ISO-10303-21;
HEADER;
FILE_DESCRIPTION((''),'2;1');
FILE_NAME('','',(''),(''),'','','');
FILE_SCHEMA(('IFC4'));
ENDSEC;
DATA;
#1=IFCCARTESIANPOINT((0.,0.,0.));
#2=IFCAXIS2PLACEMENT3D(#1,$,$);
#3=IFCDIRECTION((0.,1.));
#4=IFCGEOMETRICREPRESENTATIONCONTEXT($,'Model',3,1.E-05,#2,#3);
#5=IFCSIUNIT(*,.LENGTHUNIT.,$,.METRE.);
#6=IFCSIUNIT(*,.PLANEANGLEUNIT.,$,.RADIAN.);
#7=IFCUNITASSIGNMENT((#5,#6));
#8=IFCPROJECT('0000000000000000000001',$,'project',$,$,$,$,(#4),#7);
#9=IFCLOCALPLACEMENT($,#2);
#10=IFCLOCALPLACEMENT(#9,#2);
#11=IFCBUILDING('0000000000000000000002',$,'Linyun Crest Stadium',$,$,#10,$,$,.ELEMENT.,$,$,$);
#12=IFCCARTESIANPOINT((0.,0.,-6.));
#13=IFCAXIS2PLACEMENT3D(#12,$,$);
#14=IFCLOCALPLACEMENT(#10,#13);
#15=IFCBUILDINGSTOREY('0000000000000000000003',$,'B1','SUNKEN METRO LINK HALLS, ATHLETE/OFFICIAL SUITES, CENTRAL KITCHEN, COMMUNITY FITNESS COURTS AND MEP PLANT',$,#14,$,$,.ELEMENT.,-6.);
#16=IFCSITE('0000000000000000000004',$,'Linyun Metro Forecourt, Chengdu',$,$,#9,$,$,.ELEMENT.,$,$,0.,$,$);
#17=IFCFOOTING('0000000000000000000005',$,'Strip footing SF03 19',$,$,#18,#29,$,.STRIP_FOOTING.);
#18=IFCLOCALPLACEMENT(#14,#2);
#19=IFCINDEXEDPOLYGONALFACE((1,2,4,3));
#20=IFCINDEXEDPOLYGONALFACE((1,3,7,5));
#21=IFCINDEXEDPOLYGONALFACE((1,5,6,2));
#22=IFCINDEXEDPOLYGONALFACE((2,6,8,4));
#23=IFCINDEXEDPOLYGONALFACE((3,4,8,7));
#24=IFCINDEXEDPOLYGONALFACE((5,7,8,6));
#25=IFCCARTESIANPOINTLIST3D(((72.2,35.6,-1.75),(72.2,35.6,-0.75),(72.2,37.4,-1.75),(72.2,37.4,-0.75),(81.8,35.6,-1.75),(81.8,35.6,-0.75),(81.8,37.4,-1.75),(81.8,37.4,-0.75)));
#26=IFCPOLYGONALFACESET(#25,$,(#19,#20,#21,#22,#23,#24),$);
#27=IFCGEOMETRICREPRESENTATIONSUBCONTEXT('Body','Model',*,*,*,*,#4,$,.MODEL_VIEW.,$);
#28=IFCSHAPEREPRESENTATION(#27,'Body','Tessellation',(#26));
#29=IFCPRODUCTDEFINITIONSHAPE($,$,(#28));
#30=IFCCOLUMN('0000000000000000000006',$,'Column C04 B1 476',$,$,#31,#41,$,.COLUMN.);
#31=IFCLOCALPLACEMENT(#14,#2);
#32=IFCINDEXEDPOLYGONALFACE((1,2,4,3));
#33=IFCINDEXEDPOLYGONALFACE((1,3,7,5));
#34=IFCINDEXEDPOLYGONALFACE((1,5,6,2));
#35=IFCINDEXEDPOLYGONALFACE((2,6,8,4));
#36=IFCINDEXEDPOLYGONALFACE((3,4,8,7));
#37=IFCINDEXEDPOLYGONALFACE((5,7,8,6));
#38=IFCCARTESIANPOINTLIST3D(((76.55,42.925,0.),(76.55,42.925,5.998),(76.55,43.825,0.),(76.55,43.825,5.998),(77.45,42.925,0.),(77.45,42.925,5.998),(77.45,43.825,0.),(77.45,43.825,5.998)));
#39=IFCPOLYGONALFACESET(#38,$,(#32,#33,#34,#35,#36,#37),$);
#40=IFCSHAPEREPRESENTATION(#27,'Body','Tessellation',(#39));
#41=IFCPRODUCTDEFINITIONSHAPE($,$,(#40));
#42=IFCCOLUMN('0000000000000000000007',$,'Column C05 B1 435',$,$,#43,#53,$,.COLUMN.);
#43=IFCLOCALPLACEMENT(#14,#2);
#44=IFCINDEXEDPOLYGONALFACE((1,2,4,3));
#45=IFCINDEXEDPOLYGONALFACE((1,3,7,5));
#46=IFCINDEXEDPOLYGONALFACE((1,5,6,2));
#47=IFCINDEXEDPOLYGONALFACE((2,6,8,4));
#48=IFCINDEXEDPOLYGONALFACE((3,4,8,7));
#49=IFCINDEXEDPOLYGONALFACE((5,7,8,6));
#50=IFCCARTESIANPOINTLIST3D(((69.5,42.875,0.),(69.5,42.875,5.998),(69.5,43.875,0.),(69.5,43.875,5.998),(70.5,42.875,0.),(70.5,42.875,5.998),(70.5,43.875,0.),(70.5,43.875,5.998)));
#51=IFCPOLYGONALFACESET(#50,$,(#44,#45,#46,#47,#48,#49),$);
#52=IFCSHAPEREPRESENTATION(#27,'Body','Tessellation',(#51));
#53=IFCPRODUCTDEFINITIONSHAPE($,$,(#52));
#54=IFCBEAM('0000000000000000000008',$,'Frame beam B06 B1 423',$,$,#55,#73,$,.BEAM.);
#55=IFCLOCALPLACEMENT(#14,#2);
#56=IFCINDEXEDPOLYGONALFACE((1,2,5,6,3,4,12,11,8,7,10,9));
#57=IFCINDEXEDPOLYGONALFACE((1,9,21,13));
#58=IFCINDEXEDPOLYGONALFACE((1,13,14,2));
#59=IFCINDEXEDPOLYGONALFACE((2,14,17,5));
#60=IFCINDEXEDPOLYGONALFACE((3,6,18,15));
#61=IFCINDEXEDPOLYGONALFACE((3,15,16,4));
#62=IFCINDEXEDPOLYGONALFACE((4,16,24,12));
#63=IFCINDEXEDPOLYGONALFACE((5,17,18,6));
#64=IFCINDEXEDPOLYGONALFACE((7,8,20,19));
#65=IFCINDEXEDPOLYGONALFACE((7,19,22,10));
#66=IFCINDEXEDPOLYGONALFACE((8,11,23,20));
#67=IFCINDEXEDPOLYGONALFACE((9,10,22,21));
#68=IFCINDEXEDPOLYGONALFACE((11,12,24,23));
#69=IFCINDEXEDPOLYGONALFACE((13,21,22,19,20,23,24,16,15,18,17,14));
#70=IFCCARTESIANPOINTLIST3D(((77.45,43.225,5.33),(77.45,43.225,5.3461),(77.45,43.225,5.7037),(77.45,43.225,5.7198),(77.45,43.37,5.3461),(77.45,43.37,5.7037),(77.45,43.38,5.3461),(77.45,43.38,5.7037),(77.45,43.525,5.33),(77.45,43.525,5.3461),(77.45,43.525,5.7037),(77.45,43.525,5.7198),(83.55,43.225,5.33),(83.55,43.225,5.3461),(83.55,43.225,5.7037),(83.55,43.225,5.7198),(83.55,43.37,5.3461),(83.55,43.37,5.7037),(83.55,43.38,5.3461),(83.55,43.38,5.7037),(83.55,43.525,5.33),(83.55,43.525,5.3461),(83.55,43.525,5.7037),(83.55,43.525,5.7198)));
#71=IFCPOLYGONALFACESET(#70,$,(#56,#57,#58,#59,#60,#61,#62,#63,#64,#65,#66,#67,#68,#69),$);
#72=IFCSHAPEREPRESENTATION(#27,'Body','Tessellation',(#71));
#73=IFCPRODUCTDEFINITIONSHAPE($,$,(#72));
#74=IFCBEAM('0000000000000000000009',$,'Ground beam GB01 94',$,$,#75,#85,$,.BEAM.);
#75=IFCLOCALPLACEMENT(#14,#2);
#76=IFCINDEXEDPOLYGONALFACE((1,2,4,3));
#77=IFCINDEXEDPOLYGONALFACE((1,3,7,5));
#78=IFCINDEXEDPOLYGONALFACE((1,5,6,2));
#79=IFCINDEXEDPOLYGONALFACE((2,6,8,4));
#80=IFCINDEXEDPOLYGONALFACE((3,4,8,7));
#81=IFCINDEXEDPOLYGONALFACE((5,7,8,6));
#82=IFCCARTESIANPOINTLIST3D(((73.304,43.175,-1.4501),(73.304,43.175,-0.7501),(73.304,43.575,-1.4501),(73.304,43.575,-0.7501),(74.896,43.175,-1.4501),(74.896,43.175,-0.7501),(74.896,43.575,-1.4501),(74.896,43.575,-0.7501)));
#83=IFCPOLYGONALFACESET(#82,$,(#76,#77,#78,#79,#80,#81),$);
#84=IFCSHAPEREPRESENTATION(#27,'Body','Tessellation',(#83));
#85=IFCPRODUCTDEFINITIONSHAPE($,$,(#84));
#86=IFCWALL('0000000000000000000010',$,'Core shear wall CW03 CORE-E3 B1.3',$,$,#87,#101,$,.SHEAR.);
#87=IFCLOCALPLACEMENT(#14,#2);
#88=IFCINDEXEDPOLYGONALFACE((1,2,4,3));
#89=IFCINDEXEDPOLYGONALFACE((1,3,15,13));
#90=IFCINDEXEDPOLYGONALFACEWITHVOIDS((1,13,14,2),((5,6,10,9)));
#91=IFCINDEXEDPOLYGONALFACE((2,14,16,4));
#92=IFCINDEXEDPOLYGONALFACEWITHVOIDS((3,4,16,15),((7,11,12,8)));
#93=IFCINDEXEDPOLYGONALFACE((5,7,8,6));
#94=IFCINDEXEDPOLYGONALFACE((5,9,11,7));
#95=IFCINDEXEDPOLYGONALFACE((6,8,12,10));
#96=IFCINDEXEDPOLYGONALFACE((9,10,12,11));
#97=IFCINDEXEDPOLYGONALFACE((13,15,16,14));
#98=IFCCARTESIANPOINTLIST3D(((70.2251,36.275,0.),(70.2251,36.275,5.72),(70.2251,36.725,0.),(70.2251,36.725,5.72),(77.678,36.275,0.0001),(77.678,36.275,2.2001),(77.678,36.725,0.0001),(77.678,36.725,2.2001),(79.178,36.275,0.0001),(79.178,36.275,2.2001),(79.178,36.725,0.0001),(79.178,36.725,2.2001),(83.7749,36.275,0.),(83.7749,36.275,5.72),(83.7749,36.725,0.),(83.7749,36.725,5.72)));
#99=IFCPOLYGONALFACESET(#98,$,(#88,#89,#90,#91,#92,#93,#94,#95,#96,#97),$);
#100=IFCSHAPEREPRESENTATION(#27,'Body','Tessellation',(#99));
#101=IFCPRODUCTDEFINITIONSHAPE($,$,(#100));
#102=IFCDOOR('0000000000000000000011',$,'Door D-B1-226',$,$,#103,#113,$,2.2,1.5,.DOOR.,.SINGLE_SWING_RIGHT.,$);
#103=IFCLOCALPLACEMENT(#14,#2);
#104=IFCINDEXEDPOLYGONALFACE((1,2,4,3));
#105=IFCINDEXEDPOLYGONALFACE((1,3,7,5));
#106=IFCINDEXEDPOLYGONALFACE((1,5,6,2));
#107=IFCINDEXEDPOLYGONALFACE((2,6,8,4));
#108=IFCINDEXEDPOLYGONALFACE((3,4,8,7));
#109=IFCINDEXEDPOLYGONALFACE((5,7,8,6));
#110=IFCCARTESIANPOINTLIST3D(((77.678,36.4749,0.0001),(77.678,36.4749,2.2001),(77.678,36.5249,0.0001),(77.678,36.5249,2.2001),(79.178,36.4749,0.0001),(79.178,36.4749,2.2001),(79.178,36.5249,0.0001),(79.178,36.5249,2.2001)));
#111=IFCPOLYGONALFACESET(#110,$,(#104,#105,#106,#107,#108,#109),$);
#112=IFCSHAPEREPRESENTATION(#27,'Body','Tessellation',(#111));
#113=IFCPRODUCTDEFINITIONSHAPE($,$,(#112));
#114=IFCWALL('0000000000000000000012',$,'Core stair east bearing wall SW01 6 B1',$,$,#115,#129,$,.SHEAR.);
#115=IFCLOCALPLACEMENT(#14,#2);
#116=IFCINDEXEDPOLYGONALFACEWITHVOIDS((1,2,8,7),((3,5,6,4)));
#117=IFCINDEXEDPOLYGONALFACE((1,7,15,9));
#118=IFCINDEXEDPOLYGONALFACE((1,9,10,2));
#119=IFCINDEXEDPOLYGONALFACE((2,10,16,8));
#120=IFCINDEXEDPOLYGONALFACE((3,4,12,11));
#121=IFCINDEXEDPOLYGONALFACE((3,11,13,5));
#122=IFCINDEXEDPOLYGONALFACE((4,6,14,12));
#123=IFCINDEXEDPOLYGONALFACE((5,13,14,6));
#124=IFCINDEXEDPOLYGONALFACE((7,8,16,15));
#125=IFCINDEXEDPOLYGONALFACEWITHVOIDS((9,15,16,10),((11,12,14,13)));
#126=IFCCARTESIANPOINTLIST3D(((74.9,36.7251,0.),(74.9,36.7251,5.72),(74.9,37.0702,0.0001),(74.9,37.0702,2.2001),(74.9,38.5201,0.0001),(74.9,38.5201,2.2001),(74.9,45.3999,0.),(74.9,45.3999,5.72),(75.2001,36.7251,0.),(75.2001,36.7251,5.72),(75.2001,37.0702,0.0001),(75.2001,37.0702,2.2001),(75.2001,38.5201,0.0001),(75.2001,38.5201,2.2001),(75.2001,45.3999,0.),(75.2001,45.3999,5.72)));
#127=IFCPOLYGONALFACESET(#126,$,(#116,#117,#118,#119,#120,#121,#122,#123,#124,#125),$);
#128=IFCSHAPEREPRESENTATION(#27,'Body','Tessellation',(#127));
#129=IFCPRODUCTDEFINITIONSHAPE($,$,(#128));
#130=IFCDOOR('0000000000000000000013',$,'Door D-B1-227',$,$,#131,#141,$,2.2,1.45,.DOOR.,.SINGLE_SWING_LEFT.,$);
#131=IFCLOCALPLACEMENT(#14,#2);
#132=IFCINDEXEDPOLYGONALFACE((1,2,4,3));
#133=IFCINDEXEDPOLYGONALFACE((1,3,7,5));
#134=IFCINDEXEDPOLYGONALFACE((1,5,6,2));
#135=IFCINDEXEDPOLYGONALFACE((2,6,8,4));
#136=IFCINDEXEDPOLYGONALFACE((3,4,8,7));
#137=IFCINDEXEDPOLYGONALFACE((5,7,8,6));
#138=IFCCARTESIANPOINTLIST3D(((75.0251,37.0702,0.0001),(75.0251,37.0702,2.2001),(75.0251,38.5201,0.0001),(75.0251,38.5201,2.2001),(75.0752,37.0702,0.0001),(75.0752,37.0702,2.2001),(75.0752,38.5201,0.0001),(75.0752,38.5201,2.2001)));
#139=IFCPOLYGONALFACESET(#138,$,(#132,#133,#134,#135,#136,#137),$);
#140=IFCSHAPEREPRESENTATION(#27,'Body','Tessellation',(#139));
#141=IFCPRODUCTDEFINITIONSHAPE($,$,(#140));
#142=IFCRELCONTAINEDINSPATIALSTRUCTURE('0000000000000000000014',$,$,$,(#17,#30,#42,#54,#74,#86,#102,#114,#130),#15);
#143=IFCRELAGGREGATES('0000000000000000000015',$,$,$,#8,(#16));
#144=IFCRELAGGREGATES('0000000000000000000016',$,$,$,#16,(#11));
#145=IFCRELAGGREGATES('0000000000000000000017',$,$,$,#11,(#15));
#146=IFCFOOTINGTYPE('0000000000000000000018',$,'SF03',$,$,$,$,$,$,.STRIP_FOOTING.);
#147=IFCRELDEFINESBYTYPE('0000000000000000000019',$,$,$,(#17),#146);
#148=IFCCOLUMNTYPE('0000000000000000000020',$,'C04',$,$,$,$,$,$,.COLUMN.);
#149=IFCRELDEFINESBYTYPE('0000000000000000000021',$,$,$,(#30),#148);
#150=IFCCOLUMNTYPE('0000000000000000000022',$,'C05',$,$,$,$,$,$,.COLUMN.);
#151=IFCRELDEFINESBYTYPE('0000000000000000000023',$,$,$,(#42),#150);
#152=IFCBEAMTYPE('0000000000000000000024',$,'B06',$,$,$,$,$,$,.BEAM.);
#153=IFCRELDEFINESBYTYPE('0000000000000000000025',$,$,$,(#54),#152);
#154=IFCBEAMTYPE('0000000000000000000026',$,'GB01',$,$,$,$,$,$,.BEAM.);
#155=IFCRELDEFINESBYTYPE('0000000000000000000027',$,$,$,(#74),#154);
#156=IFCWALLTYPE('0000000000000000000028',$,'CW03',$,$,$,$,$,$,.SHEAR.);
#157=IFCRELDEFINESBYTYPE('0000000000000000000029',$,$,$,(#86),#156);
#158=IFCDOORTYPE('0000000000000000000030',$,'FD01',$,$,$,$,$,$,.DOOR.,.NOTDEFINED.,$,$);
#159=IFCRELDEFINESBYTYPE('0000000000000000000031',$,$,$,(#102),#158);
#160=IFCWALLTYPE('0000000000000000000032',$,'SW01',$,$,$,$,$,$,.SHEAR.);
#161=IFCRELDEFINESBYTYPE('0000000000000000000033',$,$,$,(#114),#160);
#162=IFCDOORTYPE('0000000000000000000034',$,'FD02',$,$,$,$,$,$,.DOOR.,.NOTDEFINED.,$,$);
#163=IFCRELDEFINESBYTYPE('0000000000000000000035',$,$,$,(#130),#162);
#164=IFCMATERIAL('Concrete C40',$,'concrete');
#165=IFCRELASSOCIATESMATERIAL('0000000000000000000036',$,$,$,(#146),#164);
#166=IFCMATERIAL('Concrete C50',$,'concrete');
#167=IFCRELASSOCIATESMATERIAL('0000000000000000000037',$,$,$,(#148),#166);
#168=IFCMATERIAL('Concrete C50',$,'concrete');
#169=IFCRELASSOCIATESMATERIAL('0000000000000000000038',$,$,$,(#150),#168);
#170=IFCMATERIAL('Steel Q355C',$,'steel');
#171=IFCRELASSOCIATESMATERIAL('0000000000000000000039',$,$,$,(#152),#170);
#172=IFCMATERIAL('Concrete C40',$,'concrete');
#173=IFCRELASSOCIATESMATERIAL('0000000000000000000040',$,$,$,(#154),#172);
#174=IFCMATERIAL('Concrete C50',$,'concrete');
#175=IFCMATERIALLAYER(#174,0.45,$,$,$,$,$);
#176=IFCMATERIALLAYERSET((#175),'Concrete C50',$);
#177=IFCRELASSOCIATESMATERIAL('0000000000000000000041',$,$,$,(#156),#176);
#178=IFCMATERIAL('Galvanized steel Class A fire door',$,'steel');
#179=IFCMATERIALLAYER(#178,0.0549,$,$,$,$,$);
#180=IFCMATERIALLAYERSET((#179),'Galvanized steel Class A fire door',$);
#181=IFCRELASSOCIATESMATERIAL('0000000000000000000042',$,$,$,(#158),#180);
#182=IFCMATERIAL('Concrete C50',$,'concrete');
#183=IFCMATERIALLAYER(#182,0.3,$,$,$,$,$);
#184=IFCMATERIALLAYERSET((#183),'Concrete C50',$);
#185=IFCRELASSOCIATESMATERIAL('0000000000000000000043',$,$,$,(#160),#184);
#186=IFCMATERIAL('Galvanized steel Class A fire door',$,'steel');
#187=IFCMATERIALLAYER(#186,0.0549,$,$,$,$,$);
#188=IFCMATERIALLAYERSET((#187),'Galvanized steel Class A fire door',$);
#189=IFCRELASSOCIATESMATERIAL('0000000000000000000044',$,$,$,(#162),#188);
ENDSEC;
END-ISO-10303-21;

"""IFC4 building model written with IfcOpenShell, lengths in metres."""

from ifc_helpers import new_model, si_unit, direction, frame, frame_2d, origin, origin_2d, place, context, subcontext, project, spatial, rectangle, i_section, extrude, material, layer, layer_set, material_profile, profile_set, type_object, element, fill, save


model = new_model("IFC4")

# Units and contexts
model_context = context("Model", 3, precision=1e-05, world=origin(), true_north=direction((0.0, 1.0)))
body_context = subcontext(model_context, "Body", "Model", "MODEL_VIEW")
ifc_project = project(units=[si_unit("LENGTHUNIT", "METRE"), si_unit("PLANEANGLEUNIT", "RADIAN")], contexts=[model_context])

# Site, building, storey
site_placement = place(None, origin())
site = spatial("IfcSite", under=ifc_project, at=site_placement, Name="Linyun Metro Forecourt, Chengdu", CompositionType="ELEMENT", RefElevation=0.0)
building_placement = place(site_placement, origin())
building = spatial("IfcBuilding", under=site, at=building_placement, Name="Linyun Crest Stadium", CompositionType="ELEMENT")
storey_placement = place(building_placement, frame((0.0, 0.0, -6.0)))
storey = spatial("IfcBuildingStorey", under=building, at=storey_placement, Name="B1", Description="SUNKEN METRO LINK HALLS, ATHLETE/OFFICIAL SUITES, CENTRAL KITCHEN, COMMUNITY FITNESS COURTS AND MEP PLANT", CompositionType="ELEMENT", Elevation=-6.0)

# Footing
ifc_material_1 = material(Name="Concrete C40", Category="concrete")
footing_type_1 = type_object("IfcFootingType", Name="SF03", PredefinedType="STRIP_FOOTING", material=ifc_material_1)
footing_1_placement = place(storey_placement, frame((77.0, 36.5, -1.75), z_axis=(0.0, 0.0, 1.0), x_axis=(1.0, 0.0, 0.0)))
element("IfcFooting", 1, at=footing_1_placement, inside=storey, type_object=footing_type_1, Name="Strip footing SF03 19", PredefinedType="STRIP_FOOTING", context=body_context, shape_type="SweptSolid", body=[
    extrude(rectangle(XDim=9.6001, YDim=1.8, at=origin_2d()), origin(), (0.0, 0.0, 1.0), 1.0),
])

# Columns
ifc_material_2 = material(Name="Concrete C50", Category="concrete")
ifc_material_profile_1 = material_profile(ifc_material_2, rectangle(XDim=0.8999, YDim=0.8999, at=origin_2d()), Name="RC 900x900")
ifc_profile_set_1 = profile_set([ifc_material_profile_1], Name="Concrete C50")
column_type_1 = type_object("IfcColumnType", Name="C04", PredefinedType="COLUMN", material=ifc_profile_set_1)
column_1_placement = place(storey_placement, frame((77.0, 43.375, 0.0), z_axis=(0.0, 0.0, 1.0), x_axis=(1.0, 0.0, 0.0)))
element("IfcColumn", 2, at=column_1_placement, inside=storey, type_object=column_type_1, Name="Column C04 B1 476", PredefinedType="COLUMN", context=body_context, shape_type="SweptSolid", body=[
    extrude(rectangle(XDim=0.8999, YDim=0.8999, at=origin_2d()), origin(), (0.0, 0.0, 1.0), 5.998),
])
ifc_material_3 = material(Name="Concrete C50", Category="concrete")
ifc_material_profile_2 = material_profile(ifc_material_3, rectangle(XDim=1.0, YDim=1.0, at=origin_2d()), Name="RC 1000x1000")
ifc_profile_set_2 = profile_set([ifc_material_profile_2], Name="Concrete C50")
column_type_2 = type_object("IfcColumnType", Name="C05", PredefinedType="COLUMN", material=ifc_profile_set_2)
column_2_placement = place(storey_placement, frame((70.0, 43.375, 0.0), z_axis=(0.0, 0.0, 1.0), x_axis=(1.0, 0.0, 0.0)))
element("IfcColumn", 3, at=column_2_placement, inside=storey, type_object=column_type_2, Name="Column C05 B1 435", PredefinedType="COLUMN", context=body_context, shape_type="SweptSolid", body=[
    extrude(rectangle(XDim=1.0, YDim=1.0, at=origin_2d()), origin(), (0.0, 0.0, 1.0), 5.998),
])

# Beams
ifc_material_4 = material(Name="Steel Q355C", Category="steel")
ifc_material_profile_3 = material_profile(ifc_material_4, i_section(OverallWidth=0.3, OverallDepth=0.3899, WebThickness=0.01, FlangeThickness=0.0161, at=origin_2d()), Name="HM 390x300")
ifc_profile_set_3 = profile_set([ifc_material_profile_3], Name="Steel Q355C")
beam_type_1 = type_object("IfcBeamType", Name="B06", PredefinedType="BEAM", material=ifc_profile_set_3)
beam_1_placement = place(storey_placement, frame((77.45, 43.375, 5.5249), z_axis=(1.0, 0.0, 0.0), x_axis=(0.0, 1.0, 0.0)))
element("IfcBeam", 4, at=beam_1_placement, inside=storey, type_object=beam_type_1, Name="Frame beam B06 B1 423", PredefinedType="BEAM", context=body_context, shape_type="SweptSolid", body=[
    extrude(i_section(OverallWidth=0.3, OverallDepth=0.3899, WebThickness=0.01, FlangeThickness=0.0161, at=origin_2d()), origin(), (0.0, 0.0, 1.0), 6.1001),
])
ifc_material_5 = material(Name="Concrete C40", Category="concrete")
ifc_material_profile_4 = material_profile(ifc_material_5, rectangle(XDim=0.3999, YDim=0.7, at=origin_2d()), Name="RCB 700x400")
ifc_profile_set_4 = profile_set([ifc_material_profile_4], Name="Concrete C40")
beam_type_2 = type_object("IfcBeamType", Name="GB01", PredefinedType="BEAM", material=ifc_profile_set_4)
beam_2_placement = place(storey_placement, frame((73.304, 43.375, -1.1001), z_axis=(1.0, 0.0, 0.0), x_axis=(0.0, 1.0, 0.0)))
element("IfcBeam", 5, at=beam_2_placement, inside=storey, type_object=beam_type_2, Name="Ground beam GB01 94", PredefinedType="BEAM", context=body_context, shape_type="SweptSolid", body=[
    extrude(rectangle(XDim=0.3999, YDim=0.7, at=origin_2d()), origin(), (0.0, 0.0, 1.0), 1.592),
])

# Walls, openings, doors
ifc_material_6 = material(Name="Concrete C50", Category="concrete")
ifc_layer_1 = layer(ifc_material_6, 0.45)
ifc_layer_set_1 = layer_set([ifc_layer_1], Name="Concrete C50")
wall_type_1 = type_object("IfcWallType", Name="CW03", PredefinedType="SHEAR", material=ifc_layer_set_1)
wall_1_placement = place(storey_placement, frame((70.2251, 36.5, 0.0), z_axis=(0.0, 0.0, 1.0), x_axis=(1.0, 0.0, 0.0)))
wall_1 = element("IfcWall", 6, at=wall_1_placement, inside=storey, type_object=wall_type_1, Name="Core shear wall CW03 CORE-E3 B1.3", PredefinedType="SHEAR", context=body_context, shape_type="SweptSolid", body=[
    extrude(rectangle(XDim=13.5498, YDim=0.45, at=frame_2d((6.7749, 0.0))), origin(), (0.0, 0.0, 1.0), 5.72),
])
opening_1_placement = place(wall_1_placement, frame((7.4529, 0.0, 0.0)))
opening_1 = element("IfcOpeningElement", 7, at=opening_1_placement, cuts=wall_1, PredefinedType="OPENING", context=body_context, shape_type="SweptSolid", body=[
    extrude(rectangle(XDim=1.5, YDim=2.2, at=frame_2d((0.75, 1.1001))), frame((0.0, 0.2349, 0.0), z_axis=(0.0, -1.0, 0.0), x_axis=(1.0, 0.0, 0.0)), (0.0, 0.0, 1.0), 0.47),
])
ifc_material_7 = material(Name="Galvanized steel Class A fire door", Category="steel")
ifc_layer_2 = layer(ifc_material_7, 0.0549)
ifc_layer_set_2 = layer_set([ifc_layer_2], Name="Galvanized steel Class A fire door")
door_type_1 = type_object("IfcDoorType", Name="FD01", OperationType="NOTDEFINED", PredefinedType="DOOR", material=ifc_layer_set_2)
door_1_placement = place(opening_1_placement, origin())
door_1 = element("IfcDoor", 8, at=door_1_placement, inside=storey, type_object=door_type_1, Name="Door D-B1-226", OperationType="SINGLE_SWING_RIGHT", OverallHeight=2.2, OverallWidth=1.5, PredefinedType="DOOR", context=body_context, shape_type="SweptSolid", body=[
    extrude(rectangle(XDim=1.5, YDim=2.2, at=frame_2d((0.75, 1.1001))), frame((0.0, 0.0249, 0.0), z_axis=(0.0, -1.0, 0.0), x_axis=(1.0, 0.0, 0.0)), (0.0, 0.0, 1.0), 0.05),
])
fill(opening_1, door_1)
ifc_material_8 = material(Name="Concrete C50", Category="concrete")
ifc_layer_3 = layer(ifc_material_8, 0.3)
ifc_layer_set_3 = layer_set([ifc_layer_3], Name="Concrete C50")
wall_type_2 = type_object("IfcWallType", Name="SW01", PredefinedType="SHEAR", material=ifc_layer_set_3)
wall_2_placement = place(storey_placement, frame((75.05, 36.7251, 0.0), z_axis=(0.0, 0.0, 1.0), x_axis=(0.0, 1.0, 0.0)))
wall_2 = element("IfcWall", 9, at=wall_2_placement, inside=storey, type_object=wall_type_2, Name="Core stair east bearing wall SW01 6 B1", PredefinedType="SHEAR", context=body_context, shape_type="SweptSolid", body=[
    extrude(rectangle(XDim=8.6748, YDim=0.3, at=frame_2d((4.3374, 0.0))), origin(), (0.0, 0.0, 1.0), 5.72),
])
opening_2_placement = place(wall_2_placement, frame((0.345, 0.0, 0.0)))
opening_2 = element("IfcOpeningElement", 10, at=opening_2_placement, cuts=wall_2, PredefinedType="OPENING", context=body_context, shape_type="SweptSolid", body=[
    extrude(rectangle(XDim=1.45, YDim=2.2, at=frame_2d((0.7251, 1.1001))), frame((0.0, 0.1599, 0.0), z_axis=(0.0, -1.0, 0.0), x_axis=(1.0, 0.0, 0.0)), (0.0, 0.0, 1.0), 0.3201),
])
ifc_material_9 = material(Name="Galvanized steel Class A fire door", Category="steel")
ifc_layer_4 = layer(ifc_material_9, 0.0549)
ifc_layer_set_4 = layer_set([ifc_layer_4], Name="Galvanized steel Class A fire door")
door_type_2 = type_object("IfcDoorType", Name="FD02", OperationType="NOTDEFINED", PredefinedType="DOOR", material=ifc_layer_set_4)
door_2_placement = place(opening_2_placement, origin())
door_2 = element("IfcDoor", 11, at=door_2_placement, inside=storey, type_object=door_type_2, Name="Door D-B1-227", OperationType="SINGLE_SWING_LEFT", OverallHeight=2.2, OverallWidth=1.45, PredefinedType="DOOR", context=body_context, shape_type="SweptSolid", body=[
    extrude(rectangle(XDim=1.45, YDim=2.2, at=frame_2d((0.7251, 1.1001))), frame((0.0, 0.0249, 0.0), z_axis=(0.0, -1.0, 0.0), x_axis=(1.0, 0.0, 0.0)), (0.0, 0.0, 1.0), 0.05),
])
fill(opening_2, door_2)

save(model, "model.ifc")
